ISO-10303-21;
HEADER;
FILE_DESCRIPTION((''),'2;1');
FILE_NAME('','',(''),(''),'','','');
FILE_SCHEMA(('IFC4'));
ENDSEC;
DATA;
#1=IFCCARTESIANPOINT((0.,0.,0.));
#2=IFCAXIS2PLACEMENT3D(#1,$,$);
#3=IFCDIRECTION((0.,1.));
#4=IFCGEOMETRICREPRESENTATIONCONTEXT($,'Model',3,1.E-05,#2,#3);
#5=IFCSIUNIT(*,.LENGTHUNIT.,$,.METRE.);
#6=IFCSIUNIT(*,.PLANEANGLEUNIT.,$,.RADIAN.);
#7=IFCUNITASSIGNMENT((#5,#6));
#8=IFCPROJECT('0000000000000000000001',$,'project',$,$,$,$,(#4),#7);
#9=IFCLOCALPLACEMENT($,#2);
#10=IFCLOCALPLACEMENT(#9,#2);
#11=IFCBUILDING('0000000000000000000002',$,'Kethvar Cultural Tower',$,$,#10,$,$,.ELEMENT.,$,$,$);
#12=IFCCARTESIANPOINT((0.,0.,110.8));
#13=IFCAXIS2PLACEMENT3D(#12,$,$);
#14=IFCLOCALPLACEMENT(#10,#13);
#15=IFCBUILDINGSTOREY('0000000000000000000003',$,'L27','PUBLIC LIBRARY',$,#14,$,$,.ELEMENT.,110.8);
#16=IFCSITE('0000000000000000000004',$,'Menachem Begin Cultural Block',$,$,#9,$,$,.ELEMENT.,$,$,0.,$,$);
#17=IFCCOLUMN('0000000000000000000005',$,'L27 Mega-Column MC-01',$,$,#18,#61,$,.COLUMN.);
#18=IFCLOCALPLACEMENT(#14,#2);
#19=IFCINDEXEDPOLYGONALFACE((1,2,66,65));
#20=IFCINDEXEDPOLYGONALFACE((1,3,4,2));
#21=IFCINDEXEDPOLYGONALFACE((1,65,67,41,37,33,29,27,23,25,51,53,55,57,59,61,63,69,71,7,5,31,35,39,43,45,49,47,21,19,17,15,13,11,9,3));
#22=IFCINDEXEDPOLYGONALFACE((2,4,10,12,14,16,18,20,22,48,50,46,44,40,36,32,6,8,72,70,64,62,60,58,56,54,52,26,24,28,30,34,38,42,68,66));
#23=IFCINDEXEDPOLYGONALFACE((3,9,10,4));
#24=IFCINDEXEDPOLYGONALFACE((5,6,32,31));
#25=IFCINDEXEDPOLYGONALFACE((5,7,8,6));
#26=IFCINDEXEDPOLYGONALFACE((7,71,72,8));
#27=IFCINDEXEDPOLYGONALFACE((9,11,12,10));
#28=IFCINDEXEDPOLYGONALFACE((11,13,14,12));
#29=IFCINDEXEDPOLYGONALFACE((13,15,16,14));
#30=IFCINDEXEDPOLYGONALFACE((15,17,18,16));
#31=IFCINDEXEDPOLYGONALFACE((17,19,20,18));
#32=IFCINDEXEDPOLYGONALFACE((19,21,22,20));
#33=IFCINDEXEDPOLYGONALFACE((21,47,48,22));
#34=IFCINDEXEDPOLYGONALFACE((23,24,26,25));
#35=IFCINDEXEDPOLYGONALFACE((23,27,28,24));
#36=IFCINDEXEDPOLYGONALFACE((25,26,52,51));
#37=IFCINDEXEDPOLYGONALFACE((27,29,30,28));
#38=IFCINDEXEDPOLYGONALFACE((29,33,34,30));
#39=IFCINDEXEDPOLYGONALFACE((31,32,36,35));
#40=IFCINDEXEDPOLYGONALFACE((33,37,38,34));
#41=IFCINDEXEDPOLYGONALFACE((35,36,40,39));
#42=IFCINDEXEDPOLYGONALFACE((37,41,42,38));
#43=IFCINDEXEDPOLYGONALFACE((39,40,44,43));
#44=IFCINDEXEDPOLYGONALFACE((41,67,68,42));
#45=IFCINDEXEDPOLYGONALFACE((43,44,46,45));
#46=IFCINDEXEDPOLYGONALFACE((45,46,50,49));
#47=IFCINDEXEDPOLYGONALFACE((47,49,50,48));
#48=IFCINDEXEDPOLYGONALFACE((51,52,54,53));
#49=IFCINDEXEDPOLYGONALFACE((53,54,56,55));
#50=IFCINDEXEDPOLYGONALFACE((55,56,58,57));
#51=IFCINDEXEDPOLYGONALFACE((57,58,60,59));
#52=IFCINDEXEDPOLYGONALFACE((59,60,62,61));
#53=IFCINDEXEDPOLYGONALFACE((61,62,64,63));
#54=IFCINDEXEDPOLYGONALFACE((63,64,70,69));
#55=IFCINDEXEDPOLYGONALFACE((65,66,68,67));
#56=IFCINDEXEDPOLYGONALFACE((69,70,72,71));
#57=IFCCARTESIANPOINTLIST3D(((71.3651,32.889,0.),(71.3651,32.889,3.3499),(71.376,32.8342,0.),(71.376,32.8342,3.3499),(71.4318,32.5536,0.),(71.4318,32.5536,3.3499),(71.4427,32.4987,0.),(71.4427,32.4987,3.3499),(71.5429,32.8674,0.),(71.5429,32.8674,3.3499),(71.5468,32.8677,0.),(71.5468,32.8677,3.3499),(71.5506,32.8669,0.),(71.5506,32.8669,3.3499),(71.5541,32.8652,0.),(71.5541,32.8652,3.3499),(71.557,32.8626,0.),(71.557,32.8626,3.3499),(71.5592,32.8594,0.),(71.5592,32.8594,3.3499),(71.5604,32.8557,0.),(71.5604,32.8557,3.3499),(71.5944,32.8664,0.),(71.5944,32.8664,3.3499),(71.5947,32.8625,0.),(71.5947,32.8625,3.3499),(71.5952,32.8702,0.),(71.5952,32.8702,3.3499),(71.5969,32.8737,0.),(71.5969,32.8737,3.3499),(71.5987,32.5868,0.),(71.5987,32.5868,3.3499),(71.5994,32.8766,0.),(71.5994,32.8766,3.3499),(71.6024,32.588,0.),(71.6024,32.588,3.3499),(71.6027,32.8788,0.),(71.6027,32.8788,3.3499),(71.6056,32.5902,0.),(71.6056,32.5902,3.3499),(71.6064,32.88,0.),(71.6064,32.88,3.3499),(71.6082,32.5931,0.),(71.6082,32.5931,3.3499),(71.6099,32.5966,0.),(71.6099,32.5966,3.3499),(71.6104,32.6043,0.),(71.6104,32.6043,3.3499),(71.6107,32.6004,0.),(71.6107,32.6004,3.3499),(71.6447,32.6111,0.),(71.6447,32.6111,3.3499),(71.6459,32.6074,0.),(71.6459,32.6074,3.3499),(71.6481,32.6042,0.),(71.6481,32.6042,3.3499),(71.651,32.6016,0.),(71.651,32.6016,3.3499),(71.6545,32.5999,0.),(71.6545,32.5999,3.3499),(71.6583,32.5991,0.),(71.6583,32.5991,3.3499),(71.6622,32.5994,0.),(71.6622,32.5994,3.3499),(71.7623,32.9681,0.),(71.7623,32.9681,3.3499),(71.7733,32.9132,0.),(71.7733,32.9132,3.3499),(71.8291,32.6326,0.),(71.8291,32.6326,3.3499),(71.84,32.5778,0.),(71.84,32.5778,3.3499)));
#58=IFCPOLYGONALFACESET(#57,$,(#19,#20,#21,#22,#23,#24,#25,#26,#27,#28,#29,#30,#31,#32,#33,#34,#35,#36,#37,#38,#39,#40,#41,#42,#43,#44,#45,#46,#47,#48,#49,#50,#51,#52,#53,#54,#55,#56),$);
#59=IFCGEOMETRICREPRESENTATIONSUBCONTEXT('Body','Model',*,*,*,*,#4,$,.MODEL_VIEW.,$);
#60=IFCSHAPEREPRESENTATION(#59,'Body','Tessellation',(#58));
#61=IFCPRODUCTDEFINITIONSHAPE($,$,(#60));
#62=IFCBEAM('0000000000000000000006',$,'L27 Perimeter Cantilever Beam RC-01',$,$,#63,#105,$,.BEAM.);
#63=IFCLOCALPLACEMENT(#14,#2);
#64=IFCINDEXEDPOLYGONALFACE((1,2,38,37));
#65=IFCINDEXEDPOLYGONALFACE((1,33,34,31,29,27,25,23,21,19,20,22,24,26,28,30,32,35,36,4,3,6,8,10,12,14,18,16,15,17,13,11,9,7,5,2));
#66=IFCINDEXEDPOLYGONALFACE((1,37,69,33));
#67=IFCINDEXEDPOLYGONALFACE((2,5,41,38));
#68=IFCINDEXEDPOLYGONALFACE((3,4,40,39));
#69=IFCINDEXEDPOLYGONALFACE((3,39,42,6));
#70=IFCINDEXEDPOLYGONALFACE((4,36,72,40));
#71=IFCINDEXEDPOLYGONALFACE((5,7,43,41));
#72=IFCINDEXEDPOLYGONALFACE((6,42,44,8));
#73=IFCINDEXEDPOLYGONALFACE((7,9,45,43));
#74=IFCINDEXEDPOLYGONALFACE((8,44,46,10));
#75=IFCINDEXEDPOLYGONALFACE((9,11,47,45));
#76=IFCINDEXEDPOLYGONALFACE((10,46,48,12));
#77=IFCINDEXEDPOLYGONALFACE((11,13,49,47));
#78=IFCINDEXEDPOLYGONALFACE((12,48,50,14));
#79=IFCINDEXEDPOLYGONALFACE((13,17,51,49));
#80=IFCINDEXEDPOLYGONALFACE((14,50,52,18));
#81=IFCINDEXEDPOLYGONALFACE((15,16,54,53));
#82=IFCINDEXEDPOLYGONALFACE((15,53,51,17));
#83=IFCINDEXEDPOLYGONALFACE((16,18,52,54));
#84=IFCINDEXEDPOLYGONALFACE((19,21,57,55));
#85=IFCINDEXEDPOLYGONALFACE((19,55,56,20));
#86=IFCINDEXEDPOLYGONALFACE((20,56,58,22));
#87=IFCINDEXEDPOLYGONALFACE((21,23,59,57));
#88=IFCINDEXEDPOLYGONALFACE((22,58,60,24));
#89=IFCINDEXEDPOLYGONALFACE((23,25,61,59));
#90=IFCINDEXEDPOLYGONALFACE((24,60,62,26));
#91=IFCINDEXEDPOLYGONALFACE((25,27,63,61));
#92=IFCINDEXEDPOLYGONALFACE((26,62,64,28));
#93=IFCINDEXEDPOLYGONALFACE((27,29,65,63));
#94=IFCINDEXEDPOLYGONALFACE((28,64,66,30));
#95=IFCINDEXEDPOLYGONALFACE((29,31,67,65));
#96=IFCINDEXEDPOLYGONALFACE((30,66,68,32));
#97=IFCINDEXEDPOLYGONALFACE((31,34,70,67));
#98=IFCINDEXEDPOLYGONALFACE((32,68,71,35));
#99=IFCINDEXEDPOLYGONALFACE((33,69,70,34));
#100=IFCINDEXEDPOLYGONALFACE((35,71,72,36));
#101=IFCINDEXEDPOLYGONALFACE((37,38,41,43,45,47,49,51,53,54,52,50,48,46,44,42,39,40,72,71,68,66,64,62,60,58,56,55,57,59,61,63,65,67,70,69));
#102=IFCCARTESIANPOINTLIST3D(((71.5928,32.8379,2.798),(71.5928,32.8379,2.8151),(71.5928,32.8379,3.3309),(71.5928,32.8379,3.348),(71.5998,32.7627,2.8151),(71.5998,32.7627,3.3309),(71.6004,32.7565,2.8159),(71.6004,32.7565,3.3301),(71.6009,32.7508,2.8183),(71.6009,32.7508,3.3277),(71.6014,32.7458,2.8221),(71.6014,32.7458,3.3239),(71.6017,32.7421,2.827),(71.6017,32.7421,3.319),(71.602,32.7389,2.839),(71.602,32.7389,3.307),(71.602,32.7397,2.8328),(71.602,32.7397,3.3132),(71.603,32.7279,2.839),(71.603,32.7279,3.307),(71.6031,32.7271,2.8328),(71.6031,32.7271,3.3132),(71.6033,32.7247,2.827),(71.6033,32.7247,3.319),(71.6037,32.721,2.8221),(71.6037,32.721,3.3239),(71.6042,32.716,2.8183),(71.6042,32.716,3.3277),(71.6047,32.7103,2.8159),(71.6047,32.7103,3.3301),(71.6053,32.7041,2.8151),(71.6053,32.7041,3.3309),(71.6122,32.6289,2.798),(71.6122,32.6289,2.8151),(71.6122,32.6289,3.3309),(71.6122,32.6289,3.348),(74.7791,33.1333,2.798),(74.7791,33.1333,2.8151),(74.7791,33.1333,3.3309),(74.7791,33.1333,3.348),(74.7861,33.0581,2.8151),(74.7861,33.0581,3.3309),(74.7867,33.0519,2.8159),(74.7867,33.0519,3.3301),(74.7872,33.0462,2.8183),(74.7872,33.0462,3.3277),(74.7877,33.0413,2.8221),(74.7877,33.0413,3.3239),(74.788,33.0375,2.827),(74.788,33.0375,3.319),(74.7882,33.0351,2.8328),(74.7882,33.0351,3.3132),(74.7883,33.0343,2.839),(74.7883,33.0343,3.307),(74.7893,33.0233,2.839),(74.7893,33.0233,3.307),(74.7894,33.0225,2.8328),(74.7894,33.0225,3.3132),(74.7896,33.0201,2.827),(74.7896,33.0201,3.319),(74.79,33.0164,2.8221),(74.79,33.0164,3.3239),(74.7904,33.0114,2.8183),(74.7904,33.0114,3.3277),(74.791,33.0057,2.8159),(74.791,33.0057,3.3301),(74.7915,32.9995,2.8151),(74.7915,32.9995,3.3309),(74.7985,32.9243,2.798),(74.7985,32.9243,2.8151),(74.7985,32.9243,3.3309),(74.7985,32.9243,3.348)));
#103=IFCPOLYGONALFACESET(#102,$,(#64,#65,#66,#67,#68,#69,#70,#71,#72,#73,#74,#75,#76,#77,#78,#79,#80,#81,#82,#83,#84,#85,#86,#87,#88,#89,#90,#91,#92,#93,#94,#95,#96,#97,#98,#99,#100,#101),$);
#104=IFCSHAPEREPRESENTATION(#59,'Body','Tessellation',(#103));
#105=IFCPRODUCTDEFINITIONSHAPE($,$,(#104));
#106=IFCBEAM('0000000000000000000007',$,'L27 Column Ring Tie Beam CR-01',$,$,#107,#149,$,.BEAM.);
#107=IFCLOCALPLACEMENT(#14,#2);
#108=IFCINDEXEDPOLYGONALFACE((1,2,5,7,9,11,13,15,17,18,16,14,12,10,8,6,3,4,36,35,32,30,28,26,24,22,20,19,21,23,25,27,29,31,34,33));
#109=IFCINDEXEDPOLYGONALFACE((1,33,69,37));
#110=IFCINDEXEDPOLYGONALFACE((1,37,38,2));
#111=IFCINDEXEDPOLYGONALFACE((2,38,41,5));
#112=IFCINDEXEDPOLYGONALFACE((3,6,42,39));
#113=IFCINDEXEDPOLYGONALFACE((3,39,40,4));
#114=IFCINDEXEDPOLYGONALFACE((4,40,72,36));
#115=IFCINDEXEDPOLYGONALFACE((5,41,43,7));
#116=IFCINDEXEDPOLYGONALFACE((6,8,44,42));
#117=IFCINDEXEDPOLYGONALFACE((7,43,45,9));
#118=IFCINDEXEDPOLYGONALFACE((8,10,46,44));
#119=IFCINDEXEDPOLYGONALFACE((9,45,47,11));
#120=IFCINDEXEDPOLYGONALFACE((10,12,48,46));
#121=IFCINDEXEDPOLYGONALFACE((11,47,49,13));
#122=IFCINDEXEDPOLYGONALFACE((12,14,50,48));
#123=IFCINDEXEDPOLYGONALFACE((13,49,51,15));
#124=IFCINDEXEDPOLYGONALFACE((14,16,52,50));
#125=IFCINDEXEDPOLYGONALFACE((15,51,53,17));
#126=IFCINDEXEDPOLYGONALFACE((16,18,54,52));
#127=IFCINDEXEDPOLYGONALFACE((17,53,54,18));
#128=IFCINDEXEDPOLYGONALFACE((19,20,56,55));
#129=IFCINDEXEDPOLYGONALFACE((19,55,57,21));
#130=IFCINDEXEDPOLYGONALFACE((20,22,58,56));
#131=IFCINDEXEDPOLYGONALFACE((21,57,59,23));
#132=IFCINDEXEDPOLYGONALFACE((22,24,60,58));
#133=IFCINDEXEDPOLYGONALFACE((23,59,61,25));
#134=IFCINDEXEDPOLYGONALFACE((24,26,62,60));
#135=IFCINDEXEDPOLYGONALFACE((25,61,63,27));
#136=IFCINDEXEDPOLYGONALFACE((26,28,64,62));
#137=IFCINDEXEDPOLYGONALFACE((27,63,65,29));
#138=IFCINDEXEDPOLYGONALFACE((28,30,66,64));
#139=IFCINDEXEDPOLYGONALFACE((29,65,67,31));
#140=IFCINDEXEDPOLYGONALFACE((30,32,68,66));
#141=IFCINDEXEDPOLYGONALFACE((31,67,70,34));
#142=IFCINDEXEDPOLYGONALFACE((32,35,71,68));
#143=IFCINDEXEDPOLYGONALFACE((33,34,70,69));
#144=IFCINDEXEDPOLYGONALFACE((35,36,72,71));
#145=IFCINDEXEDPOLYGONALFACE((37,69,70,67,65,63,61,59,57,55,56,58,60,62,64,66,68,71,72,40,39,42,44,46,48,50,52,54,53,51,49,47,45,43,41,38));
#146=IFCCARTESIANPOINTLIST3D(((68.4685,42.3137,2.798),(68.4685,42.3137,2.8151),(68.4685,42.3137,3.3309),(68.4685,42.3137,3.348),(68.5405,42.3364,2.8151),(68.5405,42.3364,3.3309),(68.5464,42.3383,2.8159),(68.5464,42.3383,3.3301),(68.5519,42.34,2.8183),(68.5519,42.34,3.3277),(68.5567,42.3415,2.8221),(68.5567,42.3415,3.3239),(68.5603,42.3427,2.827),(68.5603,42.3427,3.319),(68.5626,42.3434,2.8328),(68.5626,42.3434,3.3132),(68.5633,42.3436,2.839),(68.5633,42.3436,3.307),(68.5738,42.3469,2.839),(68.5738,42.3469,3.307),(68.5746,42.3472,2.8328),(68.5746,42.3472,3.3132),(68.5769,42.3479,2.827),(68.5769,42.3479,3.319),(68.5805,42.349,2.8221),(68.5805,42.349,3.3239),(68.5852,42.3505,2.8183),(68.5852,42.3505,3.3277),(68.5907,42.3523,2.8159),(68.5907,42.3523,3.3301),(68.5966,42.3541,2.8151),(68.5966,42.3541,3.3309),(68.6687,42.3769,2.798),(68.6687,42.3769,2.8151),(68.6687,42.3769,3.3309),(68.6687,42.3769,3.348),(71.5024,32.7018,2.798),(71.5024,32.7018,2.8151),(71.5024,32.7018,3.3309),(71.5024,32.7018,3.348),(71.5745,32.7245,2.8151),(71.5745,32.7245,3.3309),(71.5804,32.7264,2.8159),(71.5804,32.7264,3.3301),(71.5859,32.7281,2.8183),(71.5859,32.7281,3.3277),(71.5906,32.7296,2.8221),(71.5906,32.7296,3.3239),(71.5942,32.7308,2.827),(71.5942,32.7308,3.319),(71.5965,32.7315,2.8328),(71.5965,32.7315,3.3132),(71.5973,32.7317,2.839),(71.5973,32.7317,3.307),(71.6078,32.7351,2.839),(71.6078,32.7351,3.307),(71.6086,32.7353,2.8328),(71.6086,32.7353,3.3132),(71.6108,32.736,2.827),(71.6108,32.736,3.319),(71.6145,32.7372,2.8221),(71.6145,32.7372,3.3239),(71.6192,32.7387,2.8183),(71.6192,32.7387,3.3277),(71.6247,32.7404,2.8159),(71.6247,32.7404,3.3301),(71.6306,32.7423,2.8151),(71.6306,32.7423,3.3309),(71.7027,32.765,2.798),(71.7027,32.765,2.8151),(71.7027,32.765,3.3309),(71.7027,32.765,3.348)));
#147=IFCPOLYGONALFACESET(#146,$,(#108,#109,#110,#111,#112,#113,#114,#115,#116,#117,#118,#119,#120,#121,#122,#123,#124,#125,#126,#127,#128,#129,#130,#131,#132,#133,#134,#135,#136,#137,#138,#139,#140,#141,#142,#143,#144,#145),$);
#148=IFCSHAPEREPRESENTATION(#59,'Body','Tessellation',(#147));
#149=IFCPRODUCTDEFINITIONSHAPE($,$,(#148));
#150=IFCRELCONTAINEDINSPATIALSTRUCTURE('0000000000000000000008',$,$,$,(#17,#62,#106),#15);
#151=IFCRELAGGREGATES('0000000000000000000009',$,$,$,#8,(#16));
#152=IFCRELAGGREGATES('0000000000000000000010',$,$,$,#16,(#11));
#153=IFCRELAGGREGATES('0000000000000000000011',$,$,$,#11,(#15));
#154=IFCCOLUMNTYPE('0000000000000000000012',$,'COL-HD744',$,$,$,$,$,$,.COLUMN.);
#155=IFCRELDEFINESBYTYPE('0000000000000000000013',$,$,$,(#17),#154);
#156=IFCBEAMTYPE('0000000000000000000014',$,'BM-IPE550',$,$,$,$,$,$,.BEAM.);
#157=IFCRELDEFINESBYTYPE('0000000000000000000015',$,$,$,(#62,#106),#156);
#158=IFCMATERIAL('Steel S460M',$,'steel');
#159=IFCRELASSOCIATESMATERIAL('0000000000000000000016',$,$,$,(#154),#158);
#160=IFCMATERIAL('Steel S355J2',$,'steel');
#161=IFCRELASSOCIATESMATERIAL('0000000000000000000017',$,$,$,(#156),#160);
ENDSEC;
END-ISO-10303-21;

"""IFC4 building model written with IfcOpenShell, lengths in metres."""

from ifc_helpers import new_model, si_unit, direction, frame, origin, origin_2d, place, context, subcontext, project, spatial, i_section, extrude, source, transform, mapped, material, material_profile, profile_set, type_object, element, save


model = new_model("IFC4")

# Units and contexts
model_context = context("Model", 3, precision=1e-05, world=origin(), true_north=direction((0.0, 1.0)))
body_context = subcontext(model_context, "Body", "Model", "MODEL_VIEW")
ifc_project = project(units=[si_unit("LENGTHUNIT", "METRE"), si_unit("PLANEANGLEUNIT", "RADIAN")], contexts=[model_context])

# Site, building, storey
site_placement = place(None, origin())
site = spatial("IfcSite", under=ifc_project, at=site_placement, Name="Menachem Begin Cultural Block", CompositionType="ELEMENT", RefElevation=0.0)
building_placement = place(site_placement, origin())
building = spatial("IfcBuilding", under=site, at=building_placement, Name="Kethvar Cultural Tower", CompositionType="ELEMENT")
storey_placement = place(building_placement, frame((0.0, 0.0, 110.8)))
storey = spatial("IfcBuildingStorey", under=building, at=storey_placement, Name="L27", Description="PUBLIC LIBRARY", CompositionType="ELEMENT", Elevation=110.8)

# Column
ifc_material_1 = material(Name="Steel S460M", Category="steel")
ifc_material_profile_1 = material_profile(ifc_material_1, i_section(OverallWidth=0.405, OverallDepth=0.3979, WebThickness=0.0349, FlangeThickness=0.0559, FilletRadius=0.0149, at=origin_2d()), Name="Steel S460M — HD400x744")
ifc_profile_set_1 = profile_set([ifc_material_profile_1], Name="Steel S460M — HD400x744")
column_type = type_object("IfcColumnType", Name="COL-HD744", PredefinedType="COLUMN", material=ifc_profile_set_1)
shared_shape_1 = source(origin(), body_context, "Body", "SweptSolid", [
    extrude(i_section(OverallWidth=0.405, OverallDepth=0.3979, WebThickness=0.0349, FlangeThickness=0.0559, FilletRadius=0.0149, at=origin_2d()), origin(), (0.0, 0.0, 1.0), 3.3499),
])
column_placement = place(storey_placement, frame((71.6025, 32.7334, 0.0), z_axis=(0.0, 0.0, 1.0), x_axis=(0.980785, 0.19509, 0.0)))
element("IfcColumn", 1, at=column_placement, inside=storey, type_object=column_type, Name="L27 Mega-Column MC-01", PredefinedType="COLUMN", context=body_context, shape_type="MappedRepresentation", body=[
    mapped(shared_shape_1, transform((0.0, 0.0, 0.0), scale=1.0)),
])

# Beams
ifc_material_2 = material(Name="Steel S355J2", Category="steel")
ifc_material_profile_2 = material_profile(ifc_material_2, i_section(OverallWidth=0.21, OverallDepth=0.55, WebThickness=0.011, FlangeThickness=0.0171, FilletRadius=0.0239, at=origin_2d()), Name="Steel S355J2 — IPE550")
ifc_profile_set_2 = profile_set([ifc_material_profile_2], Name="Steel S355J2 — IPE550")
beam_type_1 = type_object("IfcBeamType", Name="BM-IPE550", PredefinedType="BEAM", material=ifc_profile_set_2)
shared_shape_2 = source(origin(), body_context, "Body", "SweptSolid", [
    extrude(i_section(OverallWidth=0.21, OverallDepth=0.55, WebThickness=0.011, FlangeThickness=0.0171, FilletRadius=0.0239, at=origin_2d()), origin(), (0.0, 0.0, 1.0), 3.2),
])
beam_1_placement = place(storey_placement, frame((71.6025, 32.7334, 3.073), z_axis=(0.99573, 0.092317, 0.0), x_axis=(-0.092317, 0.99573, 0.0)))
element("IfcBeam", 2, at=beam_1_placement, inside=storey, type_object=beam_type_1, Name="L27 Perimeter Cantilever Beam RC-01", PredefinedType="BEAM", context=body_context, shape_type="MappedRepresentation", body=[
    mapped(shared_shape_2, transform((0.0, 0.0, 0.0), scale=1.0)),
])
shared_shape_3 = source(origin(), body_context, "Body", "SweptSolid", [
    extrude(i_section(OverallWidth=0.21, OverallDepth=0.55, WebThickness=0.011, FlangeThickness=0.0171, FilletRadius=0.0239, at=origin_2d()), origin(), (0.0, 0.0, 1.0), 10.0793),
])
beam_2_placement = place(storey_placement, frame((71.6025, 32.7334, 3.073), z_axis=(-0.301007, 0.953622, 0.0), x_axis=(-0.953622, -0.301007, 0.0)))
element("IfcBeam", 3, at=beam_2_placement, inside=storey, type_object=beam_type_1, Name="L27 Column Ring Tie Beam CR-01", PredefinedType="BEAM", context=body_context, shape_type="MappedRepresentation", body=[
    mapped(shared_shape_3, transform((0.0, 0.0, 0.0), scale=1.0)),
])

save(model, "model.ifc")
